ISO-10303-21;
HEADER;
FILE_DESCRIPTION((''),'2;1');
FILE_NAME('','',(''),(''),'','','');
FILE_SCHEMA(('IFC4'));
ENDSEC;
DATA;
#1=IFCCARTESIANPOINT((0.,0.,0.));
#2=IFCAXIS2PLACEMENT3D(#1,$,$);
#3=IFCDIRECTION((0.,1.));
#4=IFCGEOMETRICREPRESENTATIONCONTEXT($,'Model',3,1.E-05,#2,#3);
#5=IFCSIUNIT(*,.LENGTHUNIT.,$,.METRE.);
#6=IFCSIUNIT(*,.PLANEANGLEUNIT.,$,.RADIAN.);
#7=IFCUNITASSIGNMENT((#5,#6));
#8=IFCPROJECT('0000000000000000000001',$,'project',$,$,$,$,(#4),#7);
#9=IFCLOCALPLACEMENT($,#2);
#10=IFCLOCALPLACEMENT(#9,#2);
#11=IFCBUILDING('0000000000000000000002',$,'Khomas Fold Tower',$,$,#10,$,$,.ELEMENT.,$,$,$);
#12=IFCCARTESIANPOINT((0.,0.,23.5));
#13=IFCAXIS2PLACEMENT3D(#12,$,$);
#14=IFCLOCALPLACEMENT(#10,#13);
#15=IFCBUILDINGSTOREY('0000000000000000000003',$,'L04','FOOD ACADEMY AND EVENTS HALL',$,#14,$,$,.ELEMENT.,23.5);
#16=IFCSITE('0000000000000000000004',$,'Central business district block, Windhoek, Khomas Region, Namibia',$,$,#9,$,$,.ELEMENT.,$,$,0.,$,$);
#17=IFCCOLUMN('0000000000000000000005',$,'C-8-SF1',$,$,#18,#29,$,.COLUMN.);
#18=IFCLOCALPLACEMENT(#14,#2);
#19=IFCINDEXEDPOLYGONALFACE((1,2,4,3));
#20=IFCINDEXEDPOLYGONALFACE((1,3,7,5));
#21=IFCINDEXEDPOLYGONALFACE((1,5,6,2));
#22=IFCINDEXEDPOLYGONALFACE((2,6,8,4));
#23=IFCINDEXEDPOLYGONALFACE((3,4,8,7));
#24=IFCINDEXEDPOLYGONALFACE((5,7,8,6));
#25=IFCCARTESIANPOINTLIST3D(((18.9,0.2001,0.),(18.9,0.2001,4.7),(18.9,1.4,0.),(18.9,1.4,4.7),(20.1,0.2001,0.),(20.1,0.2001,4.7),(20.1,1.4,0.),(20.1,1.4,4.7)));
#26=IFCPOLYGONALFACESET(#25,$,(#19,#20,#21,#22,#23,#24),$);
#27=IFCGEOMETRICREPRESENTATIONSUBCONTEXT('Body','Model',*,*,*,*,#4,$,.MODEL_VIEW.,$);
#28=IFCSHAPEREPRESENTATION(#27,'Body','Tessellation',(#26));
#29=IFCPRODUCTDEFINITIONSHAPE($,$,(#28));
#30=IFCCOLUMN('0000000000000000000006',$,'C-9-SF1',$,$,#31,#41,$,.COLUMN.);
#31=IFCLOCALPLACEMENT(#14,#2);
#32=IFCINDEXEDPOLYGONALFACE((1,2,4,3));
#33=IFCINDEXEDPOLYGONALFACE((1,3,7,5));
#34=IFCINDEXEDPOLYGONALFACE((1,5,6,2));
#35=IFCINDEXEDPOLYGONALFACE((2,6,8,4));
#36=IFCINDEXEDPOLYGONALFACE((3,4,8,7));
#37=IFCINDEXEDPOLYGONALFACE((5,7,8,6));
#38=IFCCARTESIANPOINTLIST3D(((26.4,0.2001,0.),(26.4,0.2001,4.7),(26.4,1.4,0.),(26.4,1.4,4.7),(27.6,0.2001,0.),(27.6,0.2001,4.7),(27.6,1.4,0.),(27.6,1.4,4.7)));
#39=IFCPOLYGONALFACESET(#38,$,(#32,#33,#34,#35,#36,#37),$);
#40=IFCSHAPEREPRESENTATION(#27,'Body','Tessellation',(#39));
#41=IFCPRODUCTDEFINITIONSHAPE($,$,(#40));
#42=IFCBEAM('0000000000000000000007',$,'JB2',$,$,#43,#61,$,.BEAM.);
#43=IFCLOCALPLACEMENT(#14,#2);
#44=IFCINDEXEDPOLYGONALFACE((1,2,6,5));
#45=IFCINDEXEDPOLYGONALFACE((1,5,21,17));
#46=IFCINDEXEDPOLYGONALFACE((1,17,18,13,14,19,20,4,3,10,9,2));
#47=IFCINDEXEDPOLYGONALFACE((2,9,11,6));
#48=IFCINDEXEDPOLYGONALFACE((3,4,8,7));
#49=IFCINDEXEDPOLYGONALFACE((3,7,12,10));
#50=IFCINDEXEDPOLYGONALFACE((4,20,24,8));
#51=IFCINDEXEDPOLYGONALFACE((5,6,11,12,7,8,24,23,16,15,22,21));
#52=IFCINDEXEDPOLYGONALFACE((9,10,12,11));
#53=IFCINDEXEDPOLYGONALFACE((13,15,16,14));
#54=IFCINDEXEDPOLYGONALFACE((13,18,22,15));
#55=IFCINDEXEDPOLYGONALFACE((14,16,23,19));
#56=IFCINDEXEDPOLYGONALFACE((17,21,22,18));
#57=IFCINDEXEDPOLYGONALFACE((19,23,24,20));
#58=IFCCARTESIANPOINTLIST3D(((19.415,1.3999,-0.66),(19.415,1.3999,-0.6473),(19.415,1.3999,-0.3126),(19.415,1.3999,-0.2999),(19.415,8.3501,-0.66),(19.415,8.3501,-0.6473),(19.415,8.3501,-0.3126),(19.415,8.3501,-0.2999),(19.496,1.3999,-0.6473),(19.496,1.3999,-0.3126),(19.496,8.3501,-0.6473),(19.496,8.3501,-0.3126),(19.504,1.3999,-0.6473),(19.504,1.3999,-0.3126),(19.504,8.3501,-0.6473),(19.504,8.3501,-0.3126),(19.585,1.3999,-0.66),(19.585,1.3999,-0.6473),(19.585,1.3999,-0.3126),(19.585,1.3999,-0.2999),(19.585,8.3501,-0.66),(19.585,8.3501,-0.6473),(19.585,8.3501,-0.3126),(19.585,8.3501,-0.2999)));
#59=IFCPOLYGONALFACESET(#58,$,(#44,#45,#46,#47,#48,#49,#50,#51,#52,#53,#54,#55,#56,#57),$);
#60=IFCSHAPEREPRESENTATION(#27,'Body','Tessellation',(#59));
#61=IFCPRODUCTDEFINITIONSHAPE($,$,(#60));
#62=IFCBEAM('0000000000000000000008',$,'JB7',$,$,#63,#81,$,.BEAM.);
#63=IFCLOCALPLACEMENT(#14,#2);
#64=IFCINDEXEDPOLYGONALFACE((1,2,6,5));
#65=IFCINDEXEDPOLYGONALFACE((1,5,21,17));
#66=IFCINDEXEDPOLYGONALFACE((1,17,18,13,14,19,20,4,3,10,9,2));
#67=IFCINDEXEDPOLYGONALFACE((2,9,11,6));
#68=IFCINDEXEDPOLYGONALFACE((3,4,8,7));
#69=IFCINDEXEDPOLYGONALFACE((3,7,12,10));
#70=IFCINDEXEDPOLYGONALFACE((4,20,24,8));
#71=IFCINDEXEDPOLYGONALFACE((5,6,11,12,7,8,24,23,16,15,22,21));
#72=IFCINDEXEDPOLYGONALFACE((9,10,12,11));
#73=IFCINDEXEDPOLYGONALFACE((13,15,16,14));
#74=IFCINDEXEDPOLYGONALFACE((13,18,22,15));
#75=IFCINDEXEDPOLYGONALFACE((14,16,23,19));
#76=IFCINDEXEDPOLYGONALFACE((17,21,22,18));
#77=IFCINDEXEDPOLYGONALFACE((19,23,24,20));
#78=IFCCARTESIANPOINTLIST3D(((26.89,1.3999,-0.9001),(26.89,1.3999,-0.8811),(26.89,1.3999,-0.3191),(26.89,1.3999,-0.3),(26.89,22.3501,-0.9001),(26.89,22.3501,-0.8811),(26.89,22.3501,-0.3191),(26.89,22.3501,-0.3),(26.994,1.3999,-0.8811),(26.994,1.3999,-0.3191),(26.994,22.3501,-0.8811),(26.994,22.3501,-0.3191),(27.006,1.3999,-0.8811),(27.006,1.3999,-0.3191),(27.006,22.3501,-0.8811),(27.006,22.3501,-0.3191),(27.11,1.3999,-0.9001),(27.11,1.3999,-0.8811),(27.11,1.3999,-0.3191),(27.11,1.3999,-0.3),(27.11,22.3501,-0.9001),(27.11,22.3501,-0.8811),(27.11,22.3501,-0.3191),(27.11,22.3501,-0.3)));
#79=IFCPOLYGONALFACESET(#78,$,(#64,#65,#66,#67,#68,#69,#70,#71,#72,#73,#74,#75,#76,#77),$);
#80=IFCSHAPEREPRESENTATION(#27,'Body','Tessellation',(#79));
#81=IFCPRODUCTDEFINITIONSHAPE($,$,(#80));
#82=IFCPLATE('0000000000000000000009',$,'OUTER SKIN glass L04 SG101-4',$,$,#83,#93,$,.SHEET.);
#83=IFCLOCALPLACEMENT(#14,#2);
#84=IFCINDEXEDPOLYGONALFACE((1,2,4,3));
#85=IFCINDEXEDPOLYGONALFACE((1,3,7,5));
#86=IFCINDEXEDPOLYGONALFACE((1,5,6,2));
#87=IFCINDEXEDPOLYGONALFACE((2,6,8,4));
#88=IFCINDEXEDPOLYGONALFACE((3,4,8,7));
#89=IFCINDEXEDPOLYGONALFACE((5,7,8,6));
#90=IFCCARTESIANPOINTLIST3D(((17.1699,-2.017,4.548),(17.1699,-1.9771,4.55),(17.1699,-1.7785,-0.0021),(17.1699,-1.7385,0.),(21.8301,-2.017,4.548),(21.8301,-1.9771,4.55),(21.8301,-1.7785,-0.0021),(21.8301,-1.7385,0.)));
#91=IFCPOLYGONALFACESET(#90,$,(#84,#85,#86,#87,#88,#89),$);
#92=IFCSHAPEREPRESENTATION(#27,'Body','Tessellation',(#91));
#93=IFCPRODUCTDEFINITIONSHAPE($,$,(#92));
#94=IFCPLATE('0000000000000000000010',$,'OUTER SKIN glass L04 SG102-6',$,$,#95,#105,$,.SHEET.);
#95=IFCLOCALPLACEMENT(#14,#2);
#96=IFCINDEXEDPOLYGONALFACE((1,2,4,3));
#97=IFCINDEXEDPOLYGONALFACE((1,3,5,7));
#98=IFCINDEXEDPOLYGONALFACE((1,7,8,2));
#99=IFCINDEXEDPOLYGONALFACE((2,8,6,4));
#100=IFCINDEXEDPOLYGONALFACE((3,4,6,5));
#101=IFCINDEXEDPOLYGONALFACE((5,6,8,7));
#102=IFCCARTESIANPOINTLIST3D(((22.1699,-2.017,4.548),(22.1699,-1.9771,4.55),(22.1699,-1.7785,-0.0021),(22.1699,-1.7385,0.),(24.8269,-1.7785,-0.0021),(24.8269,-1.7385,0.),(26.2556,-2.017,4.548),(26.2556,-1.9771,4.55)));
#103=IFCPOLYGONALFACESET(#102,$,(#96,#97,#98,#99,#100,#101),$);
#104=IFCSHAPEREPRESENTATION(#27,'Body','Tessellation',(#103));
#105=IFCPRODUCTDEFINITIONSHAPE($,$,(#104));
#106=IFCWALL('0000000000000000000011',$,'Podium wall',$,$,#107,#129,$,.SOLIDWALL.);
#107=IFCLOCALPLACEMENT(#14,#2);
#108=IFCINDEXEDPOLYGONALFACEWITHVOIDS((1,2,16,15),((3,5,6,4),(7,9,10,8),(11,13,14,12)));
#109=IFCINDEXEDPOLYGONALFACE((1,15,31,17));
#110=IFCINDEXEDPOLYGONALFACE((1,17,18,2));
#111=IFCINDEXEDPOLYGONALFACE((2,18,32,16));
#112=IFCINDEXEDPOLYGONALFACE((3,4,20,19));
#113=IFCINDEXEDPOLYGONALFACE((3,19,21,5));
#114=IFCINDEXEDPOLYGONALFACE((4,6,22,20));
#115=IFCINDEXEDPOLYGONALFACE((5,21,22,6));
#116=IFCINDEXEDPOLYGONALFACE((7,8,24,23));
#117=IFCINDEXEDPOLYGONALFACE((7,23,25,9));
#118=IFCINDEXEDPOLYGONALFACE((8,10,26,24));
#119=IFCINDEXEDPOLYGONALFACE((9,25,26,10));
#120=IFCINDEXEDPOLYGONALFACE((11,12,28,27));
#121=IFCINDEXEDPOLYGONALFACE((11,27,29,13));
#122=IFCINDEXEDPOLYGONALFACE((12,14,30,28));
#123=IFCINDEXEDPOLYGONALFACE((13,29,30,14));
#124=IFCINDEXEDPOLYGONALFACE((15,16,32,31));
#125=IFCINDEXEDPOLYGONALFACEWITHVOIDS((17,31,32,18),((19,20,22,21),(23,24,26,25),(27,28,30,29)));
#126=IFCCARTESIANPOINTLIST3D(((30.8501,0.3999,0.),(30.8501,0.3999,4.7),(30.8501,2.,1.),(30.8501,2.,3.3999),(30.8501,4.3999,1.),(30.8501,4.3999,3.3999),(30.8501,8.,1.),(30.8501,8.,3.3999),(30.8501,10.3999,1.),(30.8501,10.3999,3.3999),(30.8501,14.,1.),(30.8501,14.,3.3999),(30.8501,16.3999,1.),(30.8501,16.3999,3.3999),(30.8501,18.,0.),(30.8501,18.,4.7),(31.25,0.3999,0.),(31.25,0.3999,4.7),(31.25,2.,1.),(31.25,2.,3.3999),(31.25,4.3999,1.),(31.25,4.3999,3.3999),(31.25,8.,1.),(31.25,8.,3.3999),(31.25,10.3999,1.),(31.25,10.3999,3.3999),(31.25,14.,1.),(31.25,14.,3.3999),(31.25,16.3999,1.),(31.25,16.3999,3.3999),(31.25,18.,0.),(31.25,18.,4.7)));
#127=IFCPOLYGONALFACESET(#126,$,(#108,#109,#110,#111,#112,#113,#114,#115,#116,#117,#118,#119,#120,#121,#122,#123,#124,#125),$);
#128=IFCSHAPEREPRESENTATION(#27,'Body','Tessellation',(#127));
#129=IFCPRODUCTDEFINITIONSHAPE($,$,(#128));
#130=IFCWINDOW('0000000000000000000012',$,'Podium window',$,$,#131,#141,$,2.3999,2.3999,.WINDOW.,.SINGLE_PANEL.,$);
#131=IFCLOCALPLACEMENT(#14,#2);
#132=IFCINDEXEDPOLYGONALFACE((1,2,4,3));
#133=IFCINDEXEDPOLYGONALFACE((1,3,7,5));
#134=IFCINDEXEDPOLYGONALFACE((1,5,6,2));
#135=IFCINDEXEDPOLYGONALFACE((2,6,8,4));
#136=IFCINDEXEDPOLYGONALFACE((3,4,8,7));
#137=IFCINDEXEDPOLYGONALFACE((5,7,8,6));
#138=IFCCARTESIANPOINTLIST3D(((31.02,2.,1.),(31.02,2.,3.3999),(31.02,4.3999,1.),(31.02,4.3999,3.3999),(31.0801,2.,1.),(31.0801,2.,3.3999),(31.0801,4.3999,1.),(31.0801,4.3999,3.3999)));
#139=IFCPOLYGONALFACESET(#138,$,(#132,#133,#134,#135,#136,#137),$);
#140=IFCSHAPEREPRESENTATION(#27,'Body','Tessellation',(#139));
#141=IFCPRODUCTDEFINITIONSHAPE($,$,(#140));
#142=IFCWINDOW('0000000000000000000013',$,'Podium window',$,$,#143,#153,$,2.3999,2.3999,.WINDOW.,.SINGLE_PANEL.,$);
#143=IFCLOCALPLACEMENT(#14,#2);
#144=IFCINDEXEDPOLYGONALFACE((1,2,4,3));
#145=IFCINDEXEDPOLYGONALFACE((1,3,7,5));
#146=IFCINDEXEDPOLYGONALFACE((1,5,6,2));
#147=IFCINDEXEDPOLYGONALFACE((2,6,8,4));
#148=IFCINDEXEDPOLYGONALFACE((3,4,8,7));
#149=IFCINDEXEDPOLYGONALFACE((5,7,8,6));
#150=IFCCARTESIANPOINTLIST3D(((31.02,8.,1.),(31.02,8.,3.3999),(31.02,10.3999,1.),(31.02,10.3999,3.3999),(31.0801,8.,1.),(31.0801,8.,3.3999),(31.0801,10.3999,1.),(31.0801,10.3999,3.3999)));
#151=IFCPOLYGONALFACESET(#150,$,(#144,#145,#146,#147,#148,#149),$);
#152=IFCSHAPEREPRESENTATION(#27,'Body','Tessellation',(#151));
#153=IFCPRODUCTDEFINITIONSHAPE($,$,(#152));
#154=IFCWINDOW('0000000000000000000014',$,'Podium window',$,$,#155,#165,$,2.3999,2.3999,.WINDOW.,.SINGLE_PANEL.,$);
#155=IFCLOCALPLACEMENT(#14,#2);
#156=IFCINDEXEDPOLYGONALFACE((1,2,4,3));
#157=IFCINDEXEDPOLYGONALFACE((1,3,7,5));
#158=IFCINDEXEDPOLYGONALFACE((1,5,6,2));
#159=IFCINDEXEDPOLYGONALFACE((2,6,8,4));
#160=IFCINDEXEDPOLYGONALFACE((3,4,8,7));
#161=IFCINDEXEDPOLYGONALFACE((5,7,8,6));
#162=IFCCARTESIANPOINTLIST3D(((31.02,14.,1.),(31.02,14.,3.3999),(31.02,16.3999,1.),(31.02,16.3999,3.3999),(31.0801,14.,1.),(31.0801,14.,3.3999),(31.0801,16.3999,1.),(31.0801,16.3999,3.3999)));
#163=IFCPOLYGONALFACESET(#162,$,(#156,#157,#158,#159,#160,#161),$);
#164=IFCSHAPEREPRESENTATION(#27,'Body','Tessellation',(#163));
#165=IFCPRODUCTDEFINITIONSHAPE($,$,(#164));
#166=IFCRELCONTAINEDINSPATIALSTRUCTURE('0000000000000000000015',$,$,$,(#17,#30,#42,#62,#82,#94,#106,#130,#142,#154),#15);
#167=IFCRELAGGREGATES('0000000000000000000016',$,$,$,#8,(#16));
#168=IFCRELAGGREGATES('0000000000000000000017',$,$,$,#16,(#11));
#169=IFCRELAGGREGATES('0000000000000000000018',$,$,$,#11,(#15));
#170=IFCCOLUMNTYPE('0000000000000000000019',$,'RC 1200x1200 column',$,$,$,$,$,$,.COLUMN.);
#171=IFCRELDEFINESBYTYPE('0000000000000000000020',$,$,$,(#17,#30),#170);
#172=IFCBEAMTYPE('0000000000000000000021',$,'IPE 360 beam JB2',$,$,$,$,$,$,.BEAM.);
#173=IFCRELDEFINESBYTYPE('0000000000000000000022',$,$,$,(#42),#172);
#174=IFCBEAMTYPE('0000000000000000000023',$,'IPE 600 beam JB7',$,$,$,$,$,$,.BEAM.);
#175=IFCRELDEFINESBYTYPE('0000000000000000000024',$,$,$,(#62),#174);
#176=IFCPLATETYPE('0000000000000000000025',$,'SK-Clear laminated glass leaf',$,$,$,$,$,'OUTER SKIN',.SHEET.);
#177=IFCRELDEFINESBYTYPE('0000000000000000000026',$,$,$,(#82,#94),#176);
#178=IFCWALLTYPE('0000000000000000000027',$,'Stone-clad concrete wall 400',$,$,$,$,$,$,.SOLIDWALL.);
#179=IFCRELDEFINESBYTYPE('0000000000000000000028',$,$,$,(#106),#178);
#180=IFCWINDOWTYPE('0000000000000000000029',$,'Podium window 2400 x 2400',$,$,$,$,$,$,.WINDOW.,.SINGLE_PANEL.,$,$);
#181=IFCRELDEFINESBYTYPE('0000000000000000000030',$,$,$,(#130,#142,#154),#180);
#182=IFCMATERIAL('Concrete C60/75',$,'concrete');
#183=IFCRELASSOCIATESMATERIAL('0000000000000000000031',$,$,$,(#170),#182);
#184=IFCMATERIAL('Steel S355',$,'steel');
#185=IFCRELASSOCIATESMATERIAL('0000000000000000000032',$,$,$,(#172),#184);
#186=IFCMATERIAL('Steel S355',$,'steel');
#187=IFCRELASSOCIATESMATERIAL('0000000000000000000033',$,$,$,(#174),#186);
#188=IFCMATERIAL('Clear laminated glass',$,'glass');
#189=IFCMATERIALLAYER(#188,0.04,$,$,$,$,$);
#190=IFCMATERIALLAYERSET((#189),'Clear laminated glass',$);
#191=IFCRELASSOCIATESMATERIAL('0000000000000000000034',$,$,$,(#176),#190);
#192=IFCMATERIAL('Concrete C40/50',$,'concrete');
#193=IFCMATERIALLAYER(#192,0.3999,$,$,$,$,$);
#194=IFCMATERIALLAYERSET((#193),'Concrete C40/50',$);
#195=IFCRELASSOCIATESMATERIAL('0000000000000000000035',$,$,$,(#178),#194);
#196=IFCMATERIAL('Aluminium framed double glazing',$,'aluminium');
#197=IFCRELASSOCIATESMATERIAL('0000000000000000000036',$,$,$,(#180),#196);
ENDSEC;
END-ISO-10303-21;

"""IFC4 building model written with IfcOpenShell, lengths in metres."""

from ifc_helpers import new_model, si_unit, direction, frame, frame_2d, origin, origin_2d, place, context, subcontext, project, spatial, polyline, rectangle, i_section, outline, extrude, source, transform, mapped, material, layer, layer_set, material_profile, profile_set, type_object, element, fill, save


model = new_model("IFC4")

# Units and contexts
model_context = context("Model", 3, precision=1e-05, world=origin(), true_north=direction((0.0, 1.0)))
body_context = subcontext(model_context, "Body", "Model", "MODEL_VIEW")
ifc_project = project(units=[si_unit("LENGTHUNIT", "METRE"), si_unit("PLANEANGLEUNIT", "RADIAN")], contexts=[model_context])

# Site, building, storey
site_placement = place(None, origin())
site = spatial("IfcSite", under=ifc_project, at=site_placement, Name="Central business district block, Windhoek, Khomas Region, Namibia", CompositionType="ELEMENT", RefElevation=0.0)
building_placement = place(site_placement, origin())
building = spatial("IfcBuilding", under=site, at=building_placement, Name="Khomas Fold Tower", CompositionType="ELEMENT")
storey_placement = place(building_placement, frame((0.0, 0.0, 23.5)))
storey = spatial("IfcBuildingStorey", under=building, at=storey_placement, Name="L04", Description="FOOD ACADEMY AND EVENTS HALL", CompositionType="ELEMENT", Elevation=23.5)

# Columns
ifc_material_1 = material(Name="Concrete C60/75", Category="concrete")
ifc_material_profile_1 = material_profile(ifc_material_1, rectangle(XDim=1.2, YDim=1.2, at=origin_2d()), Name="RC 1200x1200")
ifc_profile_set_1 = profile_set([ifc_material_profile_1], Name="Concrete C60/75")
column_type = type_object("IfcColumnType", Name="RC 1200x1200 column", PredefinedType="COLUMN", material=ifc_profile_set_1)
shared_shape_1 = source(origin(), body_context, "Body", "SweptSolid", [
    extrude(rectangle(XDim=1.2, YDim=1.2, at=origin_2d()), origin(), (0.0, 0.0, 1.0), 4.7),
])
for number, where, z_axis, x_axis, name in (
    (1, (19.5, 0.8, 0.0), (0.0, 0.0, 1.0), (1.0, 0.0, 0.0), "C-8-SF1"),
    (2, (27.0, 0.8, 0.0), (0.0, 0.0, 1.0), (1.0, 0.0, 0.0), "C-9-SF1"),
):
    element("IfcColumn", number, at=place(storey_placement, frame(where, z_axis=z_axis, x_axis=x_axis)), inside=storey, type_object=column_type, Name=name, PredefinedType="COLUMN", context=body_context, shape_type="MappedRepresentation", body=[
        mapped(shared_shape_1, transform((0.0, 0.0, 0.0))),
    ])

# Beams
ifc_material_2 = material(Name="Steel S355", Category="steel")
ifc_material_profile_2 = material_profile(ifc_material_2, i_section(OverallWidth=0.1699, OverallDepth=0.3601, WebThickness=0.0081, FlangeThickness=0.0127, at=origin_2d()), Name="IPE 360")
ifc_profile_set_2 = profile_set([ifc_material_profile_2], Name="Steel S355")
beam_type_1 = type_object("IfcBeamType", Name="IPE 360 beam JB2", PredefinedType="BEAM", material=ifc_profile_set_2)
shared_shape_2 = source(origin(), body_context, "Body", "SweptSolid", [
    extrude(i_section(OverallWidth=0.1699, OverallDepth=0.3601, WebThickness=0.0081, FlangeThickness=0.0127, at=origin_2d()), origin(), (0.0, 0.0, 1.0), 6.9502),
])
beam_1_placement = place(storey_placement, frame((19.5, 1.3999, -0.48), z_axis=(0.0, 1.0, 0.0), x_axis=(-1.0, 0.0, 0.0)))
element("IfcBeam", 3, at=beam_1_placement, inside=storey, type_object=beam_type_1, Name="JB2", PredefinedType="BEAM", context=body_context, shape_type="MappedRepresentation", body=[
    mapped(shared_shape_2, transform((0.0, 0.0, 0.0))),
])
ifc_material_3 = material(Name="Steel S355", Category="steel")
ifc_material_profile_3 = material_profile(ifc_material_3, i_section(OverallWidth=0.22, OverallDepth=0.6001, WebThickness=0.012, FlangeThickness=0.019, at=origin_2d()), Name="IPE 600")
ifc_profile_set_3 = profile_set([ifc_material_profile_3], Name="Steel S355")
beam_type_2 = type_object("IfcBeamType", Name="IPE 600 beam JB7", PredefinedType="BEAM", material=ifc_profile_set_3)
shared_shape_3 = source(origin(), body_context, "Body", "SweptSolid", [
    extrude(i_section(OverallWidth=0.22, OverallDepth=0.6001, WebThickness=0.012, FlangeThickness=0.019, at=origin_2d()), origin(), (0.0, 0.0, 1.0), 20.9502),
])
beam_2_placement = place(storey_placement, frame((27.0, 1.3999, -0.6001), z_axis=(0.0, 1.0, 0.0), x_axis=(-1.0, 0.0, 0.0)))
element("IfcBeam", 4, at=beam_2_placement, inside=storey, type_object=beam_type_2, Name="JB7", PredefinedType="BEAM", context=body_context, shape_type="MappedRepresentation", body=[
    mapped(shared_shape_3, transform((0.0, 0.0, 0.0))),
])

# Plates
ifc_material_4 = material(Name="Clear laminated glass", Category="glass")
ifc_layer_1 = layer(ifc_material_4, 0.04)
ifc_layer_set_1 = layer_set([ifc_layer_1], Name="Clear laminated glass")
plate_type = type_object("IfcPlateType", Name="SK-Clear laminated glass leaf", ElementType="OUTER SKIN", PredefinedType="SHEET", material=ifc_layer_set_1)
plate_1_placement = place(storey_placement, frame((21.8301, -1.9771, 4.55), z_axis=(0.0, 0.998629, 0.052351), x_axis=(0.0, 0.052351, -0.998629)))
element("IfcPlate", 5, at=plate_1_placement, inside=storey, type_object=plate_type, Name="OUTER SKIN glass L04 SG101-4", PredefinedType="SHEET", context=body_context, shape_type="SweptSolid", body=[
    extrude(outline(polyline([(0.0, 0.0), (4.5563, 0.0), (4.5563, 4.6602), (0.0, 4.6602), (0.0, 0.0)])), origin(), (0.0, 0.0, -1.0), 0.04),
])
plate_2_placement = place(storey_placement, frame((26.2556, -1.9771, 4.55), z_axis=(0.0, 0.998629, 0.052351), x_axis=(-0.299204, 0.049952, -0.952881)))
element("IfcPlate", 6, at=plate_2_placement, inside=storey, type_object=plate_type, Name="OUTER SKIN glass L04 SG102-6", PredefinedType="SHEET", context=body_context, shape_type="SweptSolid", body=[
    extrude(outline(polyline([(0.0, 0.0), (4.775, 0.0), (5.57, 2.5353), (1.2225, 3.8985), (0.0, 0.0)])), origin(), (0.0, 0.0, -1.0), 0.04),
])

# Wall, openings, windows
ifc_material_5 = material(Name="Concrete C40/50", Category="concrete")
ifc_layer_2 = layer(ifc_material_5, 0.3999)
ifc_layer_set_2 = layer_set([ifc_layer_2], Name="Concrete C40/50")
wall_type_1 = type_object("IfcWallType", Name="Stone-clad concrete wall 400", PredefinedType="SOLIDWALL", material=ifc_layer_set_2)
shared_shape_4 = source(origin(), body_context, "Body", "SweptSolid", [
    extrude(rectangle(XDim=17.6001, YDim=0.3999, at=frame_2d((8.8, 0.0))), origin(), (0.0, 0.0, 1.0), 4.7),
])
wall_1_placement = place(storey_placement, frame((31.05, 0.3999, 0.0), z_axis=(0.0, 0.0, 1.0), x_axis=(0.0, 1.0, 0.0)))
wall_1 = element("IfcWall", 7, at=wall_1_placement, inside=storey, type_object=wall_type_1, Name="Podium wall", PredefinedType="SOLIDWALL", context=body_context, shape_type="MappedRepresentation", body=[
    mapped(shared_shape_4, transform((0.0, 0.0, 0.0))),
])
shared_shape_5 = source(origin(), body_context, "Body", "SweptSolid", [
    extrude(rectangle(XDim=2.3999, YDim=2.3999, at=frame_2d((1.2, 1.2))), frame((0.0, 0.21, 0.0), z_axis=(0.0, -1.0, 0.0), x_axis=(1.0, 0.0, 0.0)), (0.0, 0.0, 1.0), 0.4199),
])
opening_1_placement = place(wall_1_placement, frame((1.6001, 0.0, 1.0)))
opening_1 = element("IfcOpeningElement", 8, at=opening_1_placement, cuts=wall_1, PredefinedType="OPENING", context=body_context, shape_type="MappedRepresentation", body=[
    mapped(shared_shape_5, transform((0.0, 0.0, 0.0))),
])
opening_2_placement = place(wall_1_placement, frame((7.6001, 0.0, 1.0)))
opening_2 = element("IfcOpeningElement", 9, at=opening_2_placement, cuts=wall_1, PredefinedType="OPENING", context=body_context, shape_type="MappedRepresentation", body=[
    mapped(shared_shape_5, transform((0.0, 0.0, 0.0))),
])
opening_3_placement = place(wall_1_placement, frame((13.6001, 0.0, 1.0)))
opening_3 = element("IfcOpeningElement", 10, at=opening_3_placement, cuts=wall_1, PredefinedType="OPENING", context=body_context, shape_type="MappedRepresentation", body=[
    mapped(shared_shape_5, transform((0.0, 0.0, 0.0))),
])
ifc_material_6 = material(Name="Aluminium framed double glazing", Category="aluminium")
window_type = type_object("IfcWindowType", Name="Podium window 2400 x 2400", PartitioningType="SINGLE_PANEL", PredefinedType="WINDOW", material=ifc_material_6)
shared_shape_6 = source(origin(), body_context, "Body", "SweptSolid", [
    extrude(rectangle(XDim=2.3999, YDim=2.3999, at=frame_2d((1.2, 1.2))), frame((0.0, 0.03, 0.0), z_axis=(0.0, -1.0, 0.0), x_axis=(1.0, 0.0, 0.0)), (0.0, 0.0, 1.0), 0.0601),
])
window_1_placement = place(opening_1_placement, origin())
window_1 = element("IfcWindow", 11, at=window_1_placement, inside=storey, type_object=window_type, Name="Podium window", OverallHeight=2.3999, OverallWidth=2.3999, PartitioningType="SINGLE_PANEL", PredefinedType="WINDOW", context=body_context, shape_type="MappedRepresentation", body=[
    mapped(shared_shape_6, transform((0.0, 0.0, 0.0))),
])
fill(opening_1, window_1)
window_2_placement = place(opening_2_placement, origin())
window_2 = element("IfcWindow", 12, at=window_2_placement, inside=storey, type_object=window_type, Name="Podium window", OverallHeight=2.3999, OverallWidth=2.3999, PartitioningType="SINGLE_PANEL", PredefinedType="WINDOW", context=body_context, shape_type="MappedRepresentation", body=[
    mapped(shared_shape_6, transform((0.0, 0.0, 0.0))),
])
fill(opening_2, window_2)
window_3_placement = place(opening_3_placement, origin())
window_3 = element("IfcWindow", 13, at=window_3_placement, inside=storey, type_object=window_type, Name="Podium window", OverallHeight=2.3999, OverallWidth=2.3999, PartitioningType="SINGLE_PANEL", PredefinedType="WINDOW", context=body_context, shape_type="MappedRepresentation", body=[
    mapped(shared_shape_6, transform((0.0, 0.0, 0.0))),
])
fill(opening_3, window_3)

save(model, "model.ifc")
